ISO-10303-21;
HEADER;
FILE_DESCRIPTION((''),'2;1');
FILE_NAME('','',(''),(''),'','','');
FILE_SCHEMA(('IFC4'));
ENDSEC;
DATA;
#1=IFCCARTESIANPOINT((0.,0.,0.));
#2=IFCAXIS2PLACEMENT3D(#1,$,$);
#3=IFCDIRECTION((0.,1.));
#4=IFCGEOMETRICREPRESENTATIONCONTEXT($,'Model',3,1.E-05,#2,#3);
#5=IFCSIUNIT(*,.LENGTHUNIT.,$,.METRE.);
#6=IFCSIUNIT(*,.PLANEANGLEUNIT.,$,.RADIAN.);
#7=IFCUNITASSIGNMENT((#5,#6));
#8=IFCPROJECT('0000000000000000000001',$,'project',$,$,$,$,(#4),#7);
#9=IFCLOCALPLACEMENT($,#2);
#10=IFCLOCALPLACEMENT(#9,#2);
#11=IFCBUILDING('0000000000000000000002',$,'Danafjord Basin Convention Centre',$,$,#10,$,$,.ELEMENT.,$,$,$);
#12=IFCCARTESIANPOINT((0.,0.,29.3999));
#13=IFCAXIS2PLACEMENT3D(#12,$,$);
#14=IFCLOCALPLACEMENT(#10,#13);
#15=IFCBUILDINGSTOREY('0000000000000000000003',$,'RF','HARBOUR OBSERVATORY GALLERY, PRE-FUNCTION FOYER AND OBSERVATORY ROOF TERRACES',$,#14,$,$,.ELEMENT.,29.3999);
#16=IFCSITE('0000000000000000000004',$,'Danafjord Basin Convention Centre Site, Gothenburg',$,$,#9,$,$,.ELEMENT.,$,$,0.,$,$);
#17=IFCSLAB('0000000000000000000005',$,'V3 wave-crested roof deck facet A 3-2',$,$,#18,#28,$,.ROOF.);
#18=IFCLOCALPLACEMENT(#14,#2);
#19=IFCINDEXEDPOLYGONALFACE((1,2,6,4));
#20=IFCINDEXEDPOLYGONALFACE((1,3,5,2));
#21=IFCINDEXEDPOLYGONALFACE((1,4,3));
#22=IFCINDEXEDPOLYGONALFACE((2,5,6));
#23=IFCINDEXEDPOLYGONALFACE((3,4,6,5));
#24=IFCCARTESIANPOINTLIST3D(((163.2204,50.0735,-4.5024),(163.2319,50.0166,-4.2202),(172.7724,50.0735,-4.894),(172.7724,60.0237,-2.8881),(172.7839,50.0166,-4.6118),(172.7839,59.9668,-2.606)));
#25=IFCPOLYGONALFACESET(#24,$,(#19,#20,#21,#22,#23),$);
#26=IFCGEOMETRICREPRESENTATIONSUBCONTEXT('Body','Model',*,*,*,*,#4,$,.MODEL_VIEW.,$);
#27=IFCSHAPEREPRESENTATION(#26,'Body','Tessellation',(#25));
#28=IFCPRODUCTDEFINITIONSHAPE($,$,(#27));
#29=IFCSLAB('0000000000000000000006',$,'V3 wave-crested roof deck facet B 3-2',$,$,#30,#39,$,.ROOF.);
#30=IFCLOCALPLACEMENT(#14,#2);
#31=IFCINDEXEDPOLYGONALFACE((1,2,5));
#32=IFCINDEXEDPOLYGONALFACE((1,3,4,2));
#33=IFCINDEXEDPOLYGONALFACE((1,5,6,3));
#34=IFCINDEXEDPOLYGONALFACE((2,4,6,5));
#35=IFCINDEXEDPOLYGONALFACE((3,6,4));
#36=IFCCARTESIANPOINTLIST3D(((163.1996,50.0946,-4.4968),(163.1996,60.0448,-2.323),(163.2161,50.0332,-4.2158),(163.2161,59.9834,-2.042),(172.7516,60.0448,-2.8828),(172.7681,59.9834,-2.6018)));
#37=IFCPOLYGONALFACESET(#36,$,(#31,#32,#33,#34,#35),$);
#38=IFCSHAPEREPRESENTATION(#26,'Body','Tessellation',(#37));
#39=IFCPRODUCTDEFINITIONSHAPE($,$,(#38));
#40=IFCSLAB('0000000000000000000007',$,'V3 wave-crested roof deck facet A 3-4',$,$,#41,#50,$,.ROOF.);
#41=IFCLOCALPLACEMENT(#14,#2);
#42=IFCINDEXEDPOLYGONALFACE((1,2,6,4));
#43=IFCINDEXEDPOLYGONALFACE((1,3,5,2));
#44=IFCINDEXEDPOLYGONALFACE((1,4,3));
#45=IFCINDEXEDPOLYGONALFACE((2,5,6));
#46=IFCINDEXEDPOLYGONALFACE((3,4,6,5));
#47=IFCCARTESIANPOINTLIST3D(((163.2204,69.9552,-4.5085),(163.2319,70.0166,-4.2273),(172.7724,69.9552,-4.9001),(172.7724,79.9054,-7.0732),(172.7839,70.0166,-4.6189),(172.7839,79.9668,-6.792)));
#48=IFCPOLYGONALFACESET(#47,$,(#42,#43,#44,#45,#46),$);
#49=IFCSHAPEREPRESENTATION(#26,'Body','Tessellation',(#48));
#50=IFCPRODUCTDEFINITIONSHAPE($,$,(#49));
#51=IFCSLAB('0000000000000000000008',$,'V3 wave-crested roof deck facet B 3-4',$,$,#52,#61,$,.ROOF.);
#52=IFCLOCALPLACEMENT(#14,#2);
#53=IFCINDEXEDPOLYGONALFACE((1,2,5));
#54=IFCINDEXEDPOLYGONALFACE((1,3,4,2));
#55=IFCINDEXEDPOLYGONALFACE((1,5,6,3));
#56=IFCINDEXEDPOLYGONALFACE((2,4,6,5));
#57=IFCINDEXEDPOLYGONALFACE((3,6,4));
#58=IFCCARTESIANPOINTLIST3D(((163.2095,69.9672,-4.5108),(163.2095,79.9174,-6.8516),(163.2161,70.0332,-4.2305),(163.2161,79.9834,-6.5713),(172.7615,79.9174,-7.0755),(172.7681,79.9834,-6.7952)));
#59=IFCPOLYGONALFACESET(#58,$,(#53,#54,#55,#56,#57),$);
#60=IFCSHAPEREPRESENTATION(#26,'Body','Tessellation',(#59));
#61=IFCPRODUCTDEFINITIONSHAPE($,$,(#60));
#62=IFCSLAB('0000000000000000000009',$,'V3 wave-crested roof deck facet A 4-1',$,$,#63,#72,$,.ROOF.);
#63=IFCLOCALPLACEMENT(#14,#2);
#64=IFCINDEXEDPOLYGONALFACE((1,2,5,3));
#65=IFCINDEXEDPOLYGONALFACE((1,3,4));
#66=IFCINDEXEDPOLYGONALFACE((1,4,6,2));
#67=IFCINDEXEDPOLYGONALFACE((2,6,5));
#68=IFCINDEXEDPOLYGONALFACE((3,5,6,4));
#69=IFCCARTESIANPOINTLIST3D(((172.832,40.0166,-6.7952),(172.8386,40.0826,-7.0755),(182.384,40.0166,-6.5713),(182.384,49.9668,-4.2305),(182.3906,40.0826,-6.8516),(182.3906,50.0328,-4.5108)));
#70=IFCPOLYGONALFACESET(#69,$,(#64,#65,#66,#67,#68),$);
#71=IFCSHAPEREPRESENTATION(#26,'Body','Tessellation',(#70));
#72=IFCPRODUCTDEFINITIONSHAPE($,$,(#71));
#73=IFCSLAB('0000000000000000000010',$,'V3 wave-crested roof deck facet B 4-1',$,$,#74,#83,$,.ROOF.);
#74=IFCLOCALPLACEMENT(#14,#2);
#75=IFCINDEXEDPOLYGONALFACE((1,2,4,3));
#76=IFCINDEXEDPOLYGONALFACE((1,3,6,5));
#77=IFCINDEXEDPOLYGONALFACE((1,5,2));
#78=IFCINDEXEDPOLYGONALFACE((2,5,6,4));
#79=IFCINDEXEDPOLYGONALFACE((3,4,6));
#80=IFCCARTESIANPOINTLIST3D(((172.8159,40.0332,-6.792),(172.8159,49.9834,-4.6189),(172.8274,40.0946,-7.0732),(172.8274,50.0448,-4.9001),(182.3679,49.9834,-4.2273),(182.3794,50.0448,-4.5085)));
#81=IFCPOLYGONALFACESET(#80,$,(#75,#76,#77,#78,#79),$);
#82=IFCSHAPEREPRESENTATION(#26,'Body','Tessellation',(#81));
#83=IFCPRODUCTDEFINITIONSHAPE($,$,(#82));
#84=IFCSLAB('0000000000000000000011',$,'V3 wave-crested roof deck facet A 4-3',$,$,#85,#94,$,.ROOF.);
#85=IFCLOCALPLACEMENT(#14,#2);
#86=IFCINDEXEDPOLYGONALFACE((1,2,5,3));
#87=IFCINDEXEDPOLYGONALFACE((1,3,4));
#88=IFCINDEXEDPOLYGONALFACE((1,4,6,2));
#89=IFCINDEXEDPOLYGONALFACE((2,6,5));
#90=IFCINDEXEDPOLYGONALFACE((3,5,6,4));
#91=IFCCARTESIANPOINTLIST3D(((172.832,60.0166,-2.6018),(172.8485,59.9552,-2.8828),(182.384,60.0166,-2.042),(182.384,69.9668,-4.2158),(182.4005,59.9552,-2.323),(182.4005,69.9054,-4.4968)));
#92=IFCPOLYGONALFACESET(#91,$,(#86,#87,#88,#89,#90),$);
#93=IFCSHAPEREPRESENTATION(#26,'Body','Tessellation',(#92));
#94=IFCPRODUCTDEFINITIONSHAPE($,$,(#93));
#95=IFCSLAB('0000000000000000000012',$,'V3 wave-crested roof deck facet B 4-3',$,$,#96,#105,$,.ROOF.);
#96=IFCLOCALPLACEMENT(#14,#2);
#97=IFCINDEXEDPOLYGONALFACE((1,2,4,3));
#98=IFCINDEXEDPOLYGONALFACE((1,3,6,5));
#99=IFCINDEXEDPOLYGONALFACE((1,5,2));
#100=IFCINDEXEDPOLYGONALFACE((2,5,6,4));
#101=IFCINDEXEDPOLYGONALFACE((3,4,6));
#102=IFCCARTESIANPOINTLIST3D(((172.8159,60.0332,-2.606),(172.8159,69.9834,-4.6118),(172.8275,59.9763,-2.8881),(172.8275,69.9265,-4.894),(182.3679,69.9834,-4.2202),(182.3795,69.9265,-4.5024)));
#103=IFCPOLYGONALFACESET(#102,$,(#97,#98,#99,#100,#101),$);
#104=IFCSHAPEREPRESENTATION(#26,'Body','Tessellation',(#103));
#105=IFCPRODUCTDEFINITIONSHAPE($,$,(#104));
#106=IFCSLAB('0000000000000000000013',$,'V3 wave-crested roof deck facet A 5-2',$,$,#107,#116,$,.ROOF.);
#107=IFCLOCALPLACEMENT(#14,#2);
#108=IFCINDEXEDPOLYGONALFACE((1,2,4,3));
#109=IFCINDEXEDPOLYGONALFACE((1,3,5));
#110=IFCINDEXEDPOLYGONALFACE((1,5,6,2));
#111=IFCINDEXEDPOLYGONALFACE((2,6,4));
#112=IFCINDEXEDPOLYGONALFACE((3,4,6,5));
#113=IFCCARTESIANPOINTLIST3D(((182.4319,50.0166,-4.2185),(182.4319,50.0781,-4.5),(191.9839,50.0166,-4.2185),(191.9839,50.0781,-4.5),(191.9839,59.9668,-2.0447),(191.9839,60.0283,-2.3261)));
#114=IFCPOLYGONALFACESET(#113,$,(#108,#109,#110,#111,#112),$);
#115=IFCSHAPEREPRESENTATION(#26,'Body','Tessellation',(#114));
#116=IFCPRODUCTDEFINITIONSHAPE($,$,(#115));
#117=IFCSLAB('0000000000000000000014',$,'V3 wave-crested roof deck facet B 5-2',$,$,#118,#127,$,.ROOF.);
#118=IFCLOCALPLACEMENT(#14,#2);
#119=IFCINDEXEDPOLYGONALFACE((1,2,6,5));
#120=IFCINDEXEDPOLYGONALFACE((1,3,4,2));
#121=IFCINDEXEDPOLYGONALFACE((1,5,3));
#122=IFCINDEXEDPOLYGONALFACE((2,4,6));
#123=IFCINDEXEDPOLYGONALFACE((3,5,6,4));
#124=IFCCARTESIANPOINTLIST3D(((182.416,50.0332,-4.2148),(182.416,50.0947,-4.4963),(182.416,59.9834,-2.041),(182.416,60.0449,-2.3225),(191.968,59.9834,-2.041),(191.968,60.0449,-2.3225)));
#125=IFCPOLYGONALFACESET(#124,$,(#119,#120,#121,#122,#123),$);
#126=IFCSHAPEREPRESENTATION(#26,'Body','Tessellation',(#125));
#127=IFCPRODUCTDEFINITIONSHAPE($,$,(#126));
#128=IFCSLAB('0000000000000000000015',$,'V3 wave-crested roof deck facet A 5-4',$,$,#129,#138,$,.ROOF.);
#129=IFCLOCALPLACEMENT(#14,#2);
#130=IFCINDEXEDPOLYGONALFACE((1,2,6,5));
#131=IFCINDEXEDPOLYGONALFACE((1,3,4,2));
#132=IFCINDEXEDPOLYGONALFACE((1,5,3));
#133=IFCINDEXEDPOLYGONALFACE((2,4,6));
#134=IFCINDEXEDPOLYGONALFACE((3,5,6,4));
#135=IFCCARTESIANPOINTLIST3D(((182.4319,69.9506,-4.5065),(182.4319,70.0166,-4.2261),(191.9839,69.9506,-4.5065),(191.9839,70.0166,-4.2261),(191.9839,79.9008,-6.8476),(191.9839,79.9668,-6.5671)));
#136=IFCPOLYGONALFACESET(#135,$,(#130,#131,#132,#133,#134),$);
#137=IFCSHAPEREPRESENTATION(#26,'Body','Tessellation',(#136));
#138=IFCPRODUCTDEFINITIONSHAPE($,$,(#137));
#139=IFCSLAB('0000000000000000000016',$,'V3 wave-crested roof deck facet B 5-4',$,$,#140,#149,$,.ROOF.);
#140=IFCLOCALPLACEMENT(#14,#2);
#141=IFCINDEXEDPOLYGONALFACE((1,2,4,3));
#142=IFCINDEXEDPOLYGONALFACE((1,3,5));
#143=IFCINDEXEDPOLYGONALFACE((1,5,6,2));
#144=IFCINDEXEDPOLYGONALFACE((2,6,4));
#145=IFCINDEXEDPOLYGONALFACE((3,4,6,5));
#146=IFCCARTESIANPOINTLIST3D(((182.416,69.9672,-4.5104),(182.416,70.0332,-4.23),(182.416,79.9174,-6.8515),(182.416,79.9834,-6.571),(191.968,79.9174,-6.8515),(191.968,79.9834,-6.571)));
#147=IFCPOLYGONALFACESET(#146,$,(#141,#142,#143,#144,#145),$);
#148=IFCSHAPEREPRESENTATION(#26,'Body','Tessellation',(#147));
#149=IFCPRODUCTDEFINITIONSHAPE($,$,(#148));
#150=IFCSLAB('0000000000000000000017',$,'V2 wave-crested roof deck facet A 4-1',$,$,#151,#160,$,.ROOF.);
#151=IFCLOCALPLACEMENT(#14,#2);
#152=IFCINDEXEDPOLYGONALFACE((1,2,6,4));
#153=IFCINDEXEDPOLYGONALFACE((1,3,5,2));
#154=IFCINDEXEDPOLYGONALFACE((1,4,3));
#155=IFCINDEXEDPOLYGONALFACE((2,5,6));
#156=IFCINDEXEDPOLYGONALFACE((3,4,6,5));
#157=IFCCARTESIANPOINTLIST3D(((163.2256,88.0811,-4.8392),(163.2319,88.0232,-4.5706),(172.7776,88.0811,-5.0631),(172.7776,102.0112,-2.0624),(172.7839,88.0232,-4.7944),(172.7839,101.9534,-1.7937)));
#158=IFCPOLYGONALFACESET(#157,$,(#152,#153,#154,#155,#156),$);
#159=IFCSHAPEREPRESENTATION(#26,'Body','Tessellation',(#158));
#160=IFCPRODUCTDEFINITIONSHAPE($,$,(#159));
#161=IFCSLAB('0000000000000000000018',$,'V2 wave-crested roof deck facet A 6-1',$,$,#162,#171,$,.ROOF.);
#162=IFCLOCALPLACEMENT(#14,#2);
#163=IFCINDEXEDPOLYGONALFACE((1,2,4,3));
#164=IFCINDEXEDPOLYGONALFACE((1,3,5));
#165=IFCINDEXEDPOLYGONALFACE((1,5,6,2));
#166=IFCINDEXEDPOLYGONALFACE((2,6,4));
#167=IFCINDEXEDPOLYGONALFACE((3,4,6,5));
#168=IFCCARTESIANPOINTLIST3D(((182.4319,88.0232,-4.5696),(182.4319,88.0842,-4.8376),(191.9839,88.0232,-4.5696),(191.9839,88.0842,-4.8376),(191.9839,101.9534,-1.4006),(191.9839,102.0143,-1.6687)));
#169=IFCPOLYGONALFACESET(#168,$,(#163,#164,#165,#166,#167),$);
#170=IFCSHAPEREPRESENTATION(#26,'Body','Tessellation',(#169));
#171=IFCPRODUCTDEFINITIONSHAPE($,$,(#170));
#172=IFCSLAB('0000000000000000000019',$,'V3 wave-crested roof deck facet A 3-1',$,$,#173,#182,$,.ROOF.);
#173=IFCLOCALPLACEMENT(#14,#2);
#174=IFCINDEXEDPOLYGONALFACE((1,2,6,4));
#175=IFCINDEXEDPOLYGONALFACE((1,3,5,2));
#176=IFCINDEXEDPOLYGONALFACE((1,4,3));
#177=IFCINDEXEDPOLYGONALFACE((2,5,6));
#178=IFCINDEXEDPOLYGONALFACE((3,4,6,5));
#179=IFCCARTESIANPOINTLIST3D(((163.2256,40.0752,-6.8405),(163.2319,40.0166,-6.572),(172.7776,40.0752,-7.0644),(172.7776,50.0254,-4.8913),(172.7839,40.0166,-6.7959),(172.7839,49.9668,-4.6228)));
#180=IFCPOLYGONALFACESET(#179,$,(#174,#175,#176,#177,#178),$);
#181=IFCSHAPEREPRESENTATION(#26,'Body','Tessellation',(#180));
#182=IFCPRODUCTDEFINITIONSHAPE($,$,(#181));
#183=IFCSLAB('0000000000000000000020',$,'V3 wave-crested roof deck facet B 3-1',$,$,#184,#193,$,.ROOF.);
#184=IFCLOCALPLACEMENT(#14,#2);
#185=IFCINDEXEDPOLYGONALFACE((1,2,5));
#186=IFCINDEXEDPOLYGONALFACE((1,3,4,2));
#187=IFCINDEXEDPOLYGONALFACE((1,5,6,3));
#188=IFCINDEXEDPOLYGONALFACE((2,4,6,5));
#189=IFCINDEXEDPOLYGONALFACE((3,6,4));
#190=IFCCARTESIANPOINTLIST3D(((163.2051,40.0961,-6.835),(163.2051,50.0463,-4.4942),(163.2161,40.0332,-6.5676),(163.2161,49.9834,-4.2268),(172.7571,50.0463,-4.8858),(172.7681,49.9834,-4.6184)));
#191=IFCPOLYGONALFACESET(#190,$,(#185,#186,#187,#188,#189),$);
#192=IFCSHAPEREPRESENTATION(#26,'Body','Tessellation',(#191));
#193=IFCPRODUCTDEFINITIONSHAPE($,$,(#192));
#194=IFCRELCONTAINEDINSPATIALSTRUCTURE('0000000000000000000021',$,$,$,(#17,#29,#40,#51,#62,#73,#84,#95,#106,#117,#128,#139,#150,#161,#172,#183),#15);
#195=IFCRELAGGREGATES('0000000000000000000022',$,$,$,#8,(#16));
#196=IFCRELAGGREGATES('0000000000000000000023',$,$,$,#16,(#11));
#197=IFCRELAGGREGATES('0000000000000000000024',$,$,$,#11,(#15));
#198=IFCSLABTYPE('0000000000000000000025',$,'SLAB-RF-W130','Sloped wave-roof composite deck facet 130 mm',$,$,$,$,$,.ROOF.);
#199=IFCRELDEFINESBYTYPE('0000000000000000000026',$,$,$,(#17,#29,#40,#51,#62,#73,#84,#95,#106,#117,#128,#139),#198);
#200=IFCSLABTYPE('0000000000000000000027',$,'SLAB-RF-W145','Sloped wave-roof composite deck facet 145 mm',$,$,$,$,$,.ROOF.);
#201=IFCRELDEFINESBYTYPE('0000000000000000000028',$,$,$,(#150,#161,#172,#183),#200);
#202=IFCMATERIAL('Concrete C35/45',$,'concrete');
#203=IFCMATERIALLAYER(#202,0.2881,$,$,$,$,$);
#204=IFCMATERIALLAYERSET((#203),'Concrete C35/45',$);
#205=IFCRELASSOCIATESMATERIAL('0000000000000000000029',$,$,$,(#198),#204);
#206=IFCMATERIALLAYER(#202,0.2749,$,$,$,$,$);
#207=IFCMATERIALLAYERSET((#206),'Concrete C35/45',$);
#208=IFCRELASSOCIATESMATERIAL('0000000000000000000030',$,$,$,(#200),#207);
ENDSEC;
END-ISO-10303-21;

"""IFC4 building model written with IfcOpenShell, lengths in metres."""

from ifc_helpers import new_model, si_unit, direction, frame, origin, place, context, subcontext, project, spatial, polyline, outline, extrude, material, layer, layer_set, type_object, element, save


model = new_model("IFC4")

# Units and contexts
model_context = context("Model", 3, precision=1e-05, world=origin(), true_north=direction((0.0, 1.0)))
body_context = subcontext(model_context, "Body", "Model", "MODEL_VIEW")
ifc_project = project(units=[si_unit("LENGTHUNIT", "METRE"), si_unit("PLANEANGLEUNIT", "RADIAN")], contexts=[model_context])

# Site, building, storey
site_placement = place(None, origin())
site = spatial("IfcSite", under=ifc_project, at=site_placement, Name="Danafjord Basin Convention Centre Site, Gothenburg", CompositionType="ELEMENT", RefElevation=0.0)
building_placement = place(site_placement, origin())
building = spatial("IfcBuilding", under=site, at=building_placement, Name="Danafjord Basin Convention Centre", CompositionType="ELEMENT")
storey_placement = place(building_placement, frame((0.0, 0.0, 29.3999)))
storey = spatial("IfcBuildingStorey", under=building, at=storey_placement, Name="RF", Description="HARBOUR OBSERVATORY GALLERY, PRE-FUNCTION FOYER AND OBSERVATORY ROOF TERRACES", CompositionType="ELEMENT", Elevation=29.3999)

# Slabs
ifc_material_1 = material(Name="Concrete C35/45", Category="concrete")
ifc_layer_1 = layer(ifc_material_1, 0.2881)
ifc_layer_set_1 = layer_set([ifc_layer_1], Name="Concrete C35/45")
slab_type_1 = type_object("IfcSlabType", Name="SLAB-RF-W130", Description="Sloped wave-roof composite deck facet 130 mm", PredefinedType="ROOF", material=ifc_layer_set_1)
slab_1_placement = place(storey_placement, frame((163.2319, 50.0166, -4.2202), z_axis=(0.040156, -0.197455, 0.979489), x_axis=(0.999161, 0.0, -0.040962)))
element("IfcSlab", 1, at=slab_1_placement, inside=storey, type_object=slab_type_1, Name="V3 wave-crested roof deck facet A 3-2", PredefinedType="ROOF", context=body_context, shape_type="SweptSolid", body=[
    extrude(outline(polyline([(0.0, 0.0), (9.56, 0.0), (9.4779, 10.15), (0.0, 0.0)])), origin(), (0.0, 0.0, -1.0), 0.2881),
])
slab_2_placement = place(storey_placement, frame((163.2161, 50.0332, -4.2158), z_axis=(0.057163, -0.213088, 0.975359), x_axis=(0.687832, 0.716505, 0.116224)))
element("IfcSlab", 2, at=slab_2_placement, inside=storey, type_object=slab_type_1, Name="V3 wave-crested roof deck facet B 3-2", PredefinedType="ROOF", context=body_context, shape_type="SweptSolid", body=[
    extrude(outline(polyline([(0.0, 0.0), (13.8871, 0.0), (7.382, 7.017), (0.0, 0.0)])), origin(), (0.0, 0.0, -1.0), 0.2881),
])
slab_3_placement = place(storey_placement, frame((163.2319, 70.0166, -4.2273), z_axis=(0.040021, 0.213197, 0.976189), x_axis=(0.999161, 0.0, -0.040962)))
element("IfcSlab", 3, at=slab_3_placement, inside=storey, type_object=slab_type_1, Name="V3 wave-crested roof deck facet A 3-4", PredefinedType="ROOF", context=body_context, shape_type="SweptSolid", body=[
    extrude(outline(polyline([(0.0, 0.0), (9.56, 0.0), (9.649, 10.1843), (0.0, 0.0)])), origin(), (0.0, 0.0, -1.0), 0.2881),
])
slab_4_placement = place(storey_placement, frame((163.2161, 70.0332, -4.2305), z_axis=(0.022809, 0.228942, 0.973173), x_axis=(0.680855, 0.709238, -0.182808)))
element("IfcSlab", 4, at=slab_4_placement, inside=storey, type_object=slab_type_1, Name="V3 wave-crested roof deck facet B 3-4", PredefinedType="ROOF", context=body_context, shape_type="SweptSolid", body=[
    extrude(outline(polyline([(0.0, 0.0), (14.0294, 0.0), (7.485, 6.9614), (0.0, 0.0)])), origin(), (0.0, 0.0, -1.0), 0.2881),
])
slab_5_placement = place(storey_placement, frame((172.832, 40.0166, -6.7952), z_axis=(-0.022809, -0.228942, 0.973173), x_axis=(0.999725, 0.0, 0.023431)))
element("IfcSlab", 5, at=slab_5_placement, inside=storey, type_object=slab_type_1, Name="V3 wave-crested roof deck facet A 4-1", PredefinedType="ROOF", context=body_context, shape_type="SweptSolid", body=[
    extrude(outline(polyline([(0.0, 0.0), (9.5546, 0.0), (9.6095, 10.2217), (0.0, 0.0)])), origin(), (0.0, 0.0, -1.0), 0.2881),
])
slab_6_placement = place(storey_placement, frame((172.8159, 40.0332, -6.792), z_axis=(-0.040021, -0.213197, 0.976189), x_axis=(0.680855, 0.709238, 0.182808)))
element("IfcSlab", 6, at=slab_6_placement, inside=storey, type_object=slab_type_1, Name="V3 wave-crested roof deck facet B 4-1", PredefinedType="ROOF", context=body_context, shape_type="SweptSolid", body=[
    extrude(outline(polyline([(0.0, 0.0), (14.0294, 0.0), (7.4543, 6.9399), (0.0, 0.0)])), origin(), (0.0, 0.0, -1.0), 0.2881),
])
slab_7_placement = place(storey_placement, frame((172.832, 60.0166, -2.6018), z_axis=(-0.057163, 0.213088, 0.975359), x_axis=(0.998287, 0.0, 0.058507)))
element("IfcSlab", 7, at=slab_7_placement, inside=storey, type_object=slab_type_1, Name="V3 wave-crested roof deck facet A 4-3", PredefinedType="ROOF", context=body_context, shape_type="SweptSolid", body=[
    extrude(outline(polyline([(0.0, 0.0), (9.5684, 0.0), (9.4412, 10.1841), (0.0, 0.0)])), origin(), (0.0, 0.0, -1.0), 0.2881),
])
slab_8_placement = place(storey_placement, frame((172.8159, 60.0332, -2.606), z_axis=(-0.040156, 0.197455, 0.979489), x_axis=(0.68783, 0.716504, -0.116241)))
element("IfcSlab", 8, at=slab_8_placement, inside=storey, type_object=slab_type_1, Name="V3 wave-crested roof deck facet B 4-3", PredefinedType="ROOF", context=body_context, shape_type="SweptSolid", body=[
    extrude(outline(polyline([(0.0, 0.0), (13.8872, 0.0), (7.3625, 6.9874), (0.0, 0.0)])), origin(), (0.0, 0.0, -1.0), 0.2881),
])
slab_9_placement = place(storey_placement, frame((182.4319, 50.0166, -4.2185), z_axis=(0.0, -0.213437, 0.976957), x_axis=(1.0, 0.0, 0.0)))
element("IfcSlab", 9, at=slab_9_placement, inside=storey, type_object=slab_type_1, Name="V3 wave-crested roof deck facet A 5-2", PredefinedType="ROOF", context=body_context, shape_type="SweptSolid", body=[
    extrude(outline(polyline([(0.0, 0.0), (9.552, 0.0), (9.552, 10.1849), (0.0, 0.0)])), origin(), (0.0, 0.0, -1.0), 0.2881),
])
slab_10_placement = place(storey_placement, frame((182.416, 50.0332, -4.2148), z_axis=(0.0, -0.213437, 0.976957), x_axis=(0.684081, 0.712598, 0.155682)))
element("IfcSlab", 10, at=slab_10_placement, inside=storey, type_object=slab_type_1, Name="V3 wave-crested roof deck facet B 5-2", PredefinedType="ROOF", context=body_context, shape_type="SweptSolid", body=[
    extrude(outline(polyline([(0.0, 0.0), (13.9633, 0.0), (7.4289, 6.9673), (0.0, 0.0)])), origin(), (0.0, 0.0, -1.0), 0.2881),
])
slab_11_placement = place(storey_placement, frame((182.4319, 70.0166, -4.2261), z_axis=(0.0, 0.229025, 0.973421), x_axis=(1.0, 0.0, 0.0)))
element("IfcSlab", 11, at=slab_11_placement, inside=storey, type_object=slab_type_1, Name="V3 wave-crested roof deck facet A 5-4", PredefinedType="ROOF", context=body_context, shape_type="SweptSolid", body=[
    extrude(outline(polyline([(0.0, 0.0), (9.552, 0.0), (9.552, 10.2219), (0.0, 0.0)])), origin(), (0.0, 0.0, -1.0), 0.2881),
])
slab_12_placement = place(storey_placement, frame((182.416, 70.0332, -4.23), z_axis=(0.0, 0.229025, 0.973421), x_axis=(0.68276, 0.711222, -0.167335)))
element("IfcSlab", 12, at=slab_12_placement, inside=storey, type_object=slab_type_1, Name="V3 wave-crested roof deck facet B 5-4", PredefinedType="ROOF", context=body_context, shape_type="SweptSolid", body=[
    extrude(outline(polyline([(0.0, 0.0), (13.9903, 0.0), (7.4685, 6.9791), (0.0, 0.0)])), origin(), (0.0, 0.0, -1.0), 0.2881),
])
ifc_layer_2 = layer(ifc_material_1, 0.2749)
ifc_layer_set_2 = layer_set([ifc_layer_2], Name="Concrete C35/45")
slab_type_2 = type_object("IfcSlabType", Name="SLAB-RF-W145", Description="Sloped wave-roof composite deck facet 145 mm", PredefinedType="ROOF", material=ifc_layer_set_2)
slab_13_placement = place(storey_placement, frame((163.2319, 88.0232, -4.5706), z_axis=(0.022906, -0.210527, 0.97732), x_axis=(0.999725, 0.0, -0.023431)))
element("IfcSlab", 13, at=slab_13_placement, inside=storey, type_object=slab_type_2, Name="V2 wave-crested roof deck facet A 4-1", PredefinedType="ROOF", context=body_context, shape_type="SweptSolid", body=[
    extrude(outline(polyline([(0.0, 0.0), (9.5546, 0.0), (9.4843, 14.2495), (0.0, 0.0)])), origin(), (0.0, 0.0, -1.0), 0.2749),
])
slab_14_placement = place(storey_placement, frame((182.4319, 88.0232, -4.5696), z_axis=(0.0, -0.221821, 0.975088), x_axis=(1.0, 0.0, 0.0)))
element("IfcSlab", 14, at=slab_14_placement, inside=storey, type_object=slab_type_2, Name="V2 wave-crested roof deck facet A 6-1", PredefinedType="ROOF", context=body_context, shape_type="SweptSolid", body=[
    extrude(outline(polyline([(0.0, 0.0), (9.552, 0.0), (9.552, 14.2861), (0.0, 0.0)])), origin(), (0.0, 0.0, -1.0), 0.2749),
])
slab_15_placement = place(storey_placement, frame((163.2319, 40.0166, -6.572), z_axis=(0.022892, -0.213312, 0.976716), x_axis=(0.999725, 0.0, -0.023431)))
element("IfcSlab", 15, at=slab_15_placement, inside=storey, type_object=slab_type_2, Name="V3 wave-crested roof deck facet A 3-1", PredefinedType="ROOF", context=body_context, shape_type="SweptSolid", body=[
    extrude(outline(polyline([(0.0, 0.0), (9.5546, 0.0), (9.5037, 10.1846), (0.0, 0.0)])), origin(), (0.0, 0.0, -1.0), 0.2749),
])
slab_16_placement = place(storey_placement, frame((163.2161, 40.0332, -6.5676), z_axis=(0.039876, -0.22882, 0.972652), x_axis=(0.685711, 0.714297, 0.139929)))
element("IfcSlab", 16, at=slab_16_placement, inside=storey, type_object=slab_type_2, Name="V3 wave-crested roof deck facet B 3-1", PredefinedType="ROOF", context=body_context, shape_type="SweptSolid", body=[
    extrude(outline(polyline([(0.0, 0.0), (13.9301, 0.0), (7.4349, 7.0148), (0.0, 0.0)])), origin(), (0.0, 0.0, -1.0), 0.2749),
])

save(model, "model.ifc")
